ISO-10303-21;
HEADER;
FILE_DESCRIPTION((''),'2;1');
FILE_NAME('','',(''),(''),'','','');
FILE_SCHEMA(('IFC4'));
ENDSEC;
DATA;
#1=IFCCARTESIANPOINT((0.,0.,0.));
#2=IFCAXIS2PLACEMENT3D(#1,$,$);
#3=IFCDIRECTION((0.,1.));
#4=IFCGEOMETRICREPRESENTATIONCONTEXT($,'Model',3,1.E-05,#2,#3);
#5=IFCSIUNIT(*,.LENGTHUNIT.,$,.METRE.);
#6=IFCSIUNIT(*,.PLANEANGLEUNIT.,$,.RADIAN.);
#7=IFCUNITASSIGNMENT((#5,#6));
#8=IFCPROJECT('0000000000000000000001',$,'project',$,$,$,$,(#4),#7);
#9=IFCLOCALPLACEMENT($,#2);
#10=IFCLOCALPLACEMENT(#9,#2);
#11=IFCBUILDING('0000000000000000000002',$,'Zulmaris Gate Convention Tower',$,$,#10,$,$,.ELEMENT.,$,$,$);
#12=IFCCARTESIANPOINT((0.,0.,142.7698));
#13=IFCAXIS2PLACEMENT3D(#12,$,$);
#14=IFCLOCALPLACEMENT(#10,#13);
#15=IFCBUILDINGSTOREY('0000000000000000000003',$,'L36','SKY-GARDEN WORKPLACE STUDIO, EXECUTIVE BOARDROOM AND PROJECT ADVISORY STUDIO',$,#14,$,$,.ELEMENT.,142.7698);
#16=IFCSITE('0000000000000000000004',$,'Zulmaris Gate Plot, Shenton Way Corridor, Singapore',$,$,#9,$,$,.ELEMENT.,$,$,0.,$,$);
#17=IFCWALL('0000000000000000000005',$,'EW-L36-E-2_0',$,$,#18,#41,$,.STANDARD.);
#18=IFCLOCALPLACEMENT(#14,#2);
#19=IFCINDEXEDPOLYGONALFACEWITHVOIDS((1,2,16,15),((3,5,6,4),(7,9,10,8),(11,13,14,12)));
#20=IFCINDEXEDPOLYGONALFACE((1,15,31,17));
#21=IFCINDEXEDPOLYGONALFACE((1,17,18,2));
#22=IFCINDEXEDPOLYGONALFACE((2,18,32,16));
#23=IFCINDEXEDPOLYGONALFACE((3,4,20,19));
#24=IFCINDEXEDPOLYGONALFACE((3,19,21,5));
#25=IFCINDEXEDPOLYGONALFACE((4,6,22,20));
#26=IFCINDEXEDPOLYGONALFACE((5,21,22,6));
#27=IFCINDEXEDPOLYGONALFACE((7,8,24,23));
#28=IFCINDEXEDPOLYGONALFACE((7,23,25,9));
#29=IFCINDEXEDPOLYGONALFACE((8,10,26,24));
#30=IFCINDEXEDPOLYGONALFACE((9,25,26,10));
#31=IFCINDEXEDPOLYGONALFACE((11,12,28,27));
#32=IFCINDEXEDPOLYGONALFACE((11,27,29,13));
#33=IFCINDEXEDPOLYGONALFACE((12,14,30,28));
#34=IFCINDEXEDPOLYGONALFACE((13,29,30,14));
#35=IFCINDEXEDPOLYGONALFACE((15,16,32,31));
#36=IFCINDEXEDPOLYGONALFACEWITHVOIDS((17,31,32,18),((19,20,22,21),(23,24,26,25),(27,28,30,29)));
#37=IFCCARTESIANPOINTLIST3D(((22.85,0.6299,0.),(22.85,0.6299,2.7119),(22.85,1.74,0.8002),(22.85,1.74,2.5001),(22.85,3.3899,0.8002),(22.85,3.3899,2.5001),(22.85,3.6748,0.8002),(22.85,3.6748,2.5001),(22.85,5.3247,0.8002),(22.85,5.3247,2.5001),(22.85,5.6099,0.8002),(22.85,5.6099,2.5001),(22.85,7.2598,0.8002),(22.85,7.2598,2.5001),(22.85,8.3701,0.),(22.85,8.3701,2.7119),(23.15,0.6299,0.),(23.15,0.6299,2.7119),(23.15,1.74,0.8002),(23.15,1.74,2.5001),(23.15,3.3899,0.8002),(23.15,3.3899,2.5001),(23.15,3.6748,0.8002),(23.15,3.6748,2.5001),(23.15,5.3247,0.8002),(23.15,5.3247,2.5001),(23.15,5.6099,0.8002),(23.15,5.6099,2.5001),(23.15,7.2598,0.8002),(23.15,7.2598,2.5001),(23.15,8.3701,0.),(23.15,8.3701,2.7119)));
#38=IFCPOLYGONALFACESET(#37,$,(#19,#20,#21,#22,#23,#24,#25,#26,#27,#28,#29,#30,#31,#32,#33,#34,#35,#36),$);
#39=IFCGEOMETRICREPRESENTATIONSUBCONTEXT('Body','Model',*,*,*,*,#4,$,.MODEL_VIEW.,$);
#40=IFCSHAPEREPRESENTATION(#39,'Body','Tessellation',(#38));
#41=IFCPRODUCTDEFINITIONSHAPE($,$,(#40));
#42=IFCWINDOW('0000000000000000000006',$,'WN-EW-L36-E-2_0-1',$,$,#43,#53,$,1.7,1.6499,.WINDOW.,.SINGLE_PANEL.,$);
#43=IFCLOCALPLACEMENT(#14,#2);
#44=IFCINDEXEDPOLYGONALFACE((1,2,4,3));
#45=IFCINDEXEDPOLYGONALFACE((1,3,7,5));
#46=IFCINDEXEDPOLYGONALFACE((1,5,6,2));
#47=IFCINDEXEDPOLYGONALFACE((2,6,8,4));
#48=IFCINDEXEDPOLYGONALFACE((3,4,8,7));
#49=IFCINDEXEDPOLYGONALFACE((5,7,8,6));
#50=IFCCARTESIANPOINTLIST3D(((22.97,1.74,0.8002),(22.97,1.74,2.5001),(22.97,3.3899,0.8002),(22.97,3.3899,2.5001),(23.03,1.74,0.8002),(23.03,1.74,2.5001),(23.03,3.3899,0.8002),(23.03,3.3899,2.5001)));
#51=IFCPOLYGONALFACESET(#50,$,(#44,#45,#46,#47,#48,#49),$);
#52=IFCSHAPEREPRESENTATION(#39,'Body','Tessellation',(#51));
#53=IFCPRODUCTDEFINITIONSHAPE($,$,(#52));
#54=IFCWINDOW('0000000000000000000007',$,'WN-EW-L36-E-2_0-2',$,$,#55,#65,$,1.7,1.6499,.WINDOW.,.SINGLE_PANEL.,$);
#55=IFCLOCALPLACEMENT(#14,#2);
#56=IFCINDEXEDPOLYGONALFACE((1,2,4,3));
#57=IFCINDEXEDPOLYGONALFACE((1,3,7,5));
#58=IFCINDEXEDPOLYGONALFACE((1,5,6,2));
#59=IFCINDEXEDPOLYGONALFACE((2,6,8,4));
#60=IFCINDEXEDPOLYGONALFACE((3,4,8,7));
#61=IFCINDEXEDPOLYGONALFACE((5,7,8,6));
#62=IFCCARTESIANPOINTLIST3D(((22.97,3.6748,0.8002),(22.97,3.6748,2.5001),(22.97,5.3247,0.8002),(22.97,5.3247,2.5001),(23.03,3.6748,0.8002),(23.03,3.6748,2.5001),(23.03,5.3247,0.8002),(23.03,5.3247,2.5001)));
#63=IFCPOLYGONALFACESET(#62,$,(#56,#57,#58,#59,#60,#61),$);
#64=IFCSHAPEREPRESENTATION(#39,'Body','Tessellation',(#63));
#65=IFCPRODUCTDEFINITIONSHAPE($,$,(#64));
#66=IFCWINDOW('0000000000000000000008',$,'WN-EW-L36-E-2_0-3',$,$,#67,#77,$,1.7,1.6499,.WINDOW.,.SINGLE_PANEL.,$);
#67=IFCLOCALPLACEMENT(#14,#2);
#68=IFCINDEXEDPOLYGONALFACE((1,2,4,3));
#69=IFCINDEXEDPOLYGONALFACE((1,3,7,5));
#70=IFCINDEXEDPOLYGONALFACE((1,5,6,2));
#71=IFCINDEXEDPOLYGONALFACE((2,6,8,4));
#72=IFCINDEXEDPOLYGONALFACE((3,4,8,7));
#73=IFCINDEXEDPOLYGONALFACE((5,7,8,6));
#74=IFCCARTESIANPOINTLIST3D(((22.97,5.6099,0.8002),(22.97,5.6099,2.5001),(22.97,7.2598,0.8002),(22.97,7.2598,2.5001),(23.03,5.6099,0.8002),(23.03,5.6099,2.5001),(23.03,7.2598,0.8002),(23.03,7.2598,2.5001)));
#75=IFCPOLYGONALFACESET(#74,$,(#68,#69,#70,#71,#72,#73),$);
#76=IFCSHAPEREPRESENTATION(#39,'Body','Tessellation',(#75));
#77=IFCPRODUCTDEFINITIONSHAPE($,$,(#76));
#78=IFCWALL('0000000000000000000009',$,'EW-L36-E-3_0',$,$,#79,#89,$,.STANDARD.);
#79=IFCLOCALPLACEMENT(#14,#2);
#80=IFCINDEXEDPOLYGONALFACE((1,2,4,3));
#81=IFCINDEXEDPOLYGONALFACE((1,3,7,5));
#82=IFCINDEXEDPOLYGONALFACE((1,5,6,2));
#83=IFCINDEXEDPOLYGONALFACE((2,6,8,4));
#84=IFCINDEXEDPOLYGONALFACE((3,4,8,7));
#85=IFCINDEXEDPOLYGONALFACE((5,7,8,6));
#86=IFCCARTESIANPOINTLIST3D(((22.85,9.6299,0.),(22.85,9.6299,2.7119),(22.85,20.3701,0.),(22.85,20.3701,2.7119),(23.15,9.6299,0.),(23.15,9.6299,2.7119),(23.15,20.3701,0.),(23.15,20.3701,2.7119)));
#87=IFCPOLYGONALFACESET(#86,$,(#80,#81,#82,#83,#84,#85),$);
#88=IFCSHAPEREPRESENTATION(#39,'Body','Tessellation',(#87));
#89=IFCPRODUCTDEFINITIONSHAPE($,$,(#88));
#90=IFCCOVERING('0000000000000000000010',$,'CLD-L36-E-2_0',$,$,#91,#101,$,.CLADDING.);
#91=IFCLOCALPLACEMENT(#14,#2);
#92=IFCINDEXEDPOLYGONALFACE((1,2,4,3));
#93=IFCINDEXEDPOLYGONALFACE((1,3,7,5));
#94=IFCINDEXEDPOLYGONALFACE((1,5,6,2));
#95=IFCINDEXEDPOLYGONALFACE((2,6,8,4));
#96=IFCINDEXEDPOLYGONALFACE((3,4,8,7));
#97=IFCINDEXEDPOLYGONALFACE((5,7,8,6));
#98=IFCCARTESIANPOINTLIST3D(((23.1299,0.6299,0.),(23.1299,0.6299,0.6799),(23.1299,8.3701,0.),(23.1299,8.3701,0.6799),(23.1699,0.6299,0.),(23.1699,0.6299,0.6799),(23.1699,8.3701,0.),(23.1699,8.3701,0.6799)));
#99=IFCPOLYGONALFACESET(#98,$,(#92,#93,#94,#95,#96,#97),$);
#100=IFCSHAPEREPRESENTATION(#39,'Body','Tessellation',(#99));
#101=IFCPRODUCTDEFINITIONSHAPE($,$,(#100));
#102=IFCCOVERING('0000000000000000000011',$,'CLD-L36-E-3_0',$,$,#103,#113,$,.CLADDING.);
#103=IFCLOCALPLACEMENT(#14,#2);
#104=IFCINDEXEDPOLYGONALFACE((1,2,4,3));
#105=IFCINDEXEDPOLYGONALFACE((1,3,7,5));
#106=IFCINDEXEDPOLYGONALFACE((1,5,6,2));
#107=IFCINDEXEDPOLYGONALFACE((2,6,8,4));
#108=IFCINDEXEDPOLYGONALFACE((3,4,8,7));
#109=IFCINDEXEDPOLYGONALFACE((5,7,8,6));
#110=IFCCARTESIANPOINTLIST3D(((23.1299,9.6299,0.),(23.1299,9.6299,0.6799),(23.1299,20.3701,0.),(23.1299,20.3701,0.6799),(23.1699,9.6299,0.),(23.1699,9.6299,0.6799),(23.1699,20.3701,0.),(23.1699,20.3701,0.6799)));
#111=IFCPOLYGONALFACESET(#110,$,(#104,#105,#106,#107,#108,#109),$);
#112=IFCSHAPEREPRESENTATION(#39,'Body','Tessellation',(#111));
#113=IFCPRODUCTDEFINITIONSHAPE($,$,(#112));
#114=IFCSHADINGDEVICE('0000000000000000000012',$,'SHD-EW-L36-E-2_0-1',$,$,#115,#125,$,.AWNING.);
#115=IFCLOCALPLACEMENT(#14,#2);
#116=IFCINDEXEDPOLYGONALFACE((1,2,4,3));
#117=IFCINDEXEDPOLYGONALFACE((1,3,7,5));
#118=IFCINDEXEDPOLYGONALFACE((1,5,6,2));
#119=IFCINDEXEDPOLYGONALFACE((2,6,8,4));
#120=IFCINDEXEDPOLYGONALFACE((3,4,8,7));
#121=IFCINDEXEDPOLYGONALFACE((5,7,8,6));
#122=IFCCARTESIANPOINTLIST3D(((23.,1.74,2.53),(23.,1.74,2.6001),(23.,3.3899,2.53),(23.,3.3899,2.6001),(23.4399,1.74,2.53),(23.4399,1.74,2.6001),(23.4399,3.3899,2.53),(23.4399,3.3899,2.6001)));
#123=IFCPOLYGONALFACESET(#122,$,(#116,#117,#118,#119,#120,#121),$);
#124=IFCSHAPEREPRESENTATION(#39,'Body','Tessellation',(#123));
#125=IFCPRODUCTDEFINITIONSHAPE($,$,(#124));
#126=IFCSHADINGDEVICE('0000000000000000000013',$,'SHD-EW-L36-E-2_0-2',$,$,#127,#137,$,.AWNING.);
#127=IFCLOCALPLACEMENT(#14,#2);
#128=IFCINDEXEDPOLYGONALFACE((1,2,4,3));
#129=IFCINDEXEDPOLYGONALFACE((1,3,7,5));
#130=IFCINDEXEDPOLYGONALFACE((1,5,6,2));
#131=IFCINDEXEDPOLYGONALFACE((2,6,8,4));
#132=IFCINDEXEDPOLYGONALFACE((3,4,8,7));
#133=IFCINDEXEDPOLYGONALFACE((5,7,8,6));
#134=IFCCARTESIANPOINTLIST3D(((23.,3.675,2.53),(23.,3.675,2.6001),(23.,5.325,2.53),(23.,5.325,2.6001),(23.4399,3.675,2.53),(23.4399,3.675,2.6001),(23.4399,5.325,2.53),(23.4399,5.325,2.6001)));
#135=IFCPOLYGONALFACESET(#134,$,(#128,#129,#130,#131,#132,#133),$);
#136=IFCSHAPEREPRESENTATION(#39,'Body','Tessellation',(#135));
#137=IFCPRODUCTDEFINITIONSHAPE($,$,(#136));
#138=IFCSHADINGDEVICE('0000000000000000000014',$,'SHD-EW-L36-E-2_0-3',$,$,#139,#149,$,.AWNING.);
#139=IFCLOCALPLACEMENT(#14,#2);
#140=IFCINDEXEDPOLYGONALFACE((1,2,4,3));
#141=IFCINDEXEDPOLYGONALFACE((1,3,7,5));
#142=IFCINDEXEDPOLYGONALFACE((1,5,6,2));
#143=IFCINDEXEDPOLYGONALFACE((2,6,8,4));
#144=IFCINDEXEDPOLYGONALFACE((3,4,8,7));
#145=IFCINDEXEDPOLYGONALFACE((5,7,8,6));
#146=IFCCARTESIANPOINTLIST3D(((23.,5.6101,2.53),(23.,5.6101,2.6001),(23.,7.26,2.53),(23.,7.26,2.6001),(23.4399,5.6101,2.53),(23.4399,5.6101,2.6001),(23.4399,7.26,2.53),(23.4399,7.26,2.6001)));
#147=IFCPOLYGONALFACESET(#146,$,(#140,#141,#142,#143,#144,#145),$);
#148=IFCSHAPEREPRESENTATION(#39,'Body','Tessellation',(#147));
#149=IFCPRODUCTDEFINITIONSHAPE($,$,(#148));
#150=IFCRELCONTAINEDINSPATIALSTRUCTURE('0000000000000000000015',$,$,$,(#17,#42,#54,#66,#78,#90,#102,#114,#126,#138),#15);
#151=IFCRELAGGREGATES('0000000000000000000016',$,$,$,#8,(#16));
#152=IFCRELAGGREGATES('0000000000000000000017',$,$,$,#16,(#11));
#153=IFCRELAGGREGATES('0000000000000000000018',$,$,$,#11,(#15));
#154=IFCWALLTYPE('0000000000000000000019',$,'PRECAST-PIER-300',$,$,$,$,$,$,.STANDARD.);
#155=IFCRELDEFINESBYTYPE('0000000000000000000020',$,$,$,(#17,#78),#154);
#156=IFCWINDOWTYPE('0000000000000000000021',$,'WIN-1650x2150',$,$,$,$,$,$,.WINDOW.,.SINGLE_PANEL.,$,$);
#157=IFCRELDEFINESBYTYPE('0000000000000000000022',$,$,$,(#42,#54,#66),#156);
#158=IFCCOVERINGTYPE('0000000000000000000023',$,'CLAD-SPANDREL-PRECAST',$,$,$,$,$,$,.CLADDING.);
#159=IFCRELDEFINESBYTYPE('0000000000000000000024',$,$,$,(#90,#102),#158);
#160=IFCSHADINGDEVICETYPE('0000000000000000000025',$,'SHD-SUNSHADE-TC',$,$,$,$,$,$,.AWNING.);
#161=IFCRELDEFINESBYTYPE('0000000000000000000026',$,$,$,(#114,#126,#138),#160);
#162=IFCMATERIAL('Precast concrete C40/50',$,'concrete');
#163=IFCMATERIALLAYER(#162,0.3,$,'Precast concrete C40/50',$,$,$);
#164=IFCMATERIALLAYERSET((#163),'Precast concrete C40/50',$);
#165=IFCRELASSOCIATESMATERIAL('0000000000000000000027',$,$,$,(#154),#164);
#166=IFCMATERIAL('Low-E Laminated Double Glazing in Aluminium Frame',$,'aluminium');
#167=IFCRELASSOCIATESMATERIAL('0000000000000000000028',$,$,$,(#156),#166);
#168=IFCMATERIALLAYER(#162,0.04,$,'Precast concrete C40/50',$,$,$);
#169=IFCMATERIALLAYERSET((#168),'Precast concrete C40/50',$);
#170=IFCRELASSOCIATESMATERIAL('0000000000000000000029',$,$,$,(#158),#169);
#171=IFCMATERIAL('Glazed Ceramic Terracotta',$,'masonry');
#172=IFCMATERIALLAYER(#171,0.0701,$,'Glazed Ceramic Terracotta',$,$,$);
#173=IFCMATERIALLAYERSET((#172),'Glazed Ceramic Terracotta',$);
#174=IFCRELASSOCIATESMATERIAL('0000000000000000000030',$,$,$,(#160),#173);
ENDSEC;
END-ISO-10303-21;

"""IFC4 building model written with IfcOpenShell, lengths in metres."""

from ifc_helpers import new_model, si_unit, direction, frame, frame_2d, origin, place, context, subcontext, project, spatial, rectangle, extrude, material, layer, layer_set, type_object, element, fill, save


model = new_model("IFC4")

# Units and contexts
model_context = context("Model", 3, precision=1e-05, world=origin(), true_north=direction((0.0, 1.0)))
body_context = subcontext(model_context, "Body", "Model", "MODEL_VIEW")
ifc_project = project(units=[si_unit("LENGTHUNIT", "METRE"), si_unit("PLANEANGLEUNIT", "RADIAN")], contexts=[model_context])

# Site, building, storey
site_placement = place(None, origin())
site = spatial("IfcSite", under=ifc_project, at=site_placement, Name="Zulmaris Gate Plot, Shenton Way Corridor, Singapore", CompositionType="ELEMENT", RefElevation=0.0)
building_placement = place(site_placement, origin())
building = spatial("IfcBuilding", under=site, at=building_placement, Name="Zulmaris Gate Convention Tower", CompositionType="ELEMENT")
storey_placement = place(building_placement, frame((0.0, 0.0, 142.7698)))
storey = spatial("IfcBuildingStorey", under=building, at=storey_placement, Name="L36", Description="SKY-GARDEN WORKPLACE STUDIO, EXECUTIVE BOARDROOM AND PROJECT ADVISORY STUDIO", CompositionType="ELEMENT", Elevation=142.7698)

# Wall, openings, windows
ifc_material_1 = material(Name="Precast concrete C40/50", Category="concrete")
ifc_layer_1 = layer(ifc_material_1, 0.3, Name="Precast concrete C40/50")
ifc_layer_set_1 = layer_set([ifc_layer_1], Name="Precast concrete C40/50")
wall_type_1 = type_object("IfcWallType", Name="PRECAST-PIER-300", PredefinedType="STANDARD", material=ifc_layer_set_1)
wall_1_placement = place(storey_placement, frame((23.0, 0.6299, 0.0), z_axis=(0.0, 0.0, 1.0), x_axis=(0.0, 1.0, 0.0)))
wall_1 = element("IfcWall", 1, at=wall_1_placement, inside=storey, type_object=wall_type_1, Name="EW-L36-E-2_0", PredefinedType="STANDARD", context=body_context, shape_type="SweptSolid", body=[
    extrude(rectangle(XDim=7.7402, YDim=0.3, at=frame_2d((3.8701, 0.0))), origin(), (0.0, 0.0, 1.0), 2.7119),
])
opening_1_placement = place(wall_1_placement, frame((1.1101, 0.0, 0.8)))
opening_1 = element("IfcOpeningElement", 2, at=opening_1_placement, cuts=wall_1, PredefinedType="OPENING", context=body_context, shape_type="SweptSolid", body=[
    extrude(rectangle(XDim=1.6499, YDim=1.7, at=frame_2d((0.825, 0.8501))), frame((0.0, 0.1602, 0.0), z_axis=(0.0, -1.0, 0.0), x_axis=(1.0, 0.0, 0.0)), (0.0, 0.0, 1.0), 0.3201),
])
opening_2_placement = place(wall_1_placement, frame((3.0449, 0.0, 0.8)))
opening_2 = element("IfcOpeningElement", 3, at=opening_2_placement, cuts=wall_1, PredefinedType="OPENING", context=body_context, shape_type="SweptSolid", body=[
    extrude(rectangle(XDim=1.6499, YDim=1.7, at=frame_2d((0.825, 0.8501))), frame((0.0, 0.1602, 0.0), z_axis=(0.0, -1.0, 0.0), x_axis=(1.0, 0.0, 0.0)), (0.0, 0.0, 1.0), 0.3201),
])
opening_3_placement = place(wall_1_placement, frame((4.98, 0.0, 0.8)))
opening_3 = element("IfcOpeningElement", 4, at=opening_3_placement, cuts=wall_1, PredefinedType="OPENING", context=body_context, shape_type="SweptSolid", body=[
    extrude(rectangle(XDim=1.6499, YDim=1.7, at=frame_2d((0.825, 0.8501))), frame((0.0, 0.1602, 0.0), z_axis=(0.0, -1.0, 0.0), x_axis=(1.0, 0.0, 0.0)), (0.0, 0.0, 1.0), 0.3201),
])
ifc_material_2 = material(Name="Low-E Laminated Double Glazing in Aluminium Frame", Category="aluminium")
window_type = type_object("IfcWindowType", Name="WIN-1650x2150", PartitioningType="SINGLE_PANEL", PredefinedType="WINDOW", material=ifc_material_2)
window_1_placement = place(opening_1_placement, origin())
window_1 = element("IfcWindow", 5, at=window_1_placement, inside=storey, type_object=window_type, Name="WN-EW-L36-E-2_0-1", OverallHeight=1.7, OverallWidth=1.6499, PartitioningType="SINGLE_PANEL", PredefinedType="WINDOW", context=body_context, shape_type="SweptSolid", body=[
    extrude(rectangle(XDim=1.6499, YDim=1.7, at=frame_2d((0.825, 0.8501))), frame((0.0, 0.03, 0.0), z_axis=(0.0, -1.0, 0.0), x_axis=(1.0, 0.0, 0.0)), (0.0, 0.0, 1.0), 0.0601),
])
fill(opening_1, window_1)
window_2_placement = place(opening_2_placement, origin())
window_2 = element("IfcWindow", 6, at=window_2_placement, inside=storey, type_object=window_type, Name="WN-EW-L36-E-2_0-2", OverallHeight=1.7, OverallWidth=1.6499, PartitioningType="SINGLE_PANEL", PredefinedType="WINDOW", context=body_context, shape_type="SweptSolid", body=[
    extrude(rectangle(XDim=1.6499, YDim=1.7, at=frame_2d((0.825, 0.8501))), frame((0.0, 0.03, 0.0), z_axis=(0.0, -1.0, 0.0), x_axis=(1.0, 0.0, 0.0)), (0.0, 0.0, 1.0), 0.0601),
])
fill(opening_2, window_2)
window_3_placement = place(opening_3_placement, origin())
window_3 = element("IfcWindow", 7, at=window_3_placement, inside=storey, type_object=window_type, Name="WN-EW-L36-E-2_0-3", OverallHeight=1.7, OverallWidth=1.6499, PartitioningType="SINGLE_PANEL", PredefinedType="WINDOW", context=body_context, shape_type="SweptSolid", body=[
    extrude(rectangle(XDim=1.6499, YDim=1.7, at=frame_2d((0.825, 0.8501))), frame((0.0, 0.03, 0.0), z_axis=(0.0, -1.0, 0.0), x_axis=(1.0, 0.0, 0.0)), (0.0, 0.0, 1.0), 0.0601),
])
fill(opening_3, window_3)

# Wall
wall_2_placement = place(storey_placement, frame((23.0, 9.6299, 0.0), z_axis=(0.0, 0.0, 1.0), x_axis=(0.0, 1.0, 0.0)))
element("IfcWall", 8, at=wall_2_placement, inside=storey, type_object=wall_type_1, Name="EW-L36-E-3_0", PredefinedType="STANDARD", context=body_context, shape_type="SweptSolid", body=[
    extrude(rectangle(XDim=10.7402, YDim=0.3, at=frame_2d((5.3701, 0.0))), origin(), (0.0, 0.0, 1.0), 2.7119),
])

# Coverings
ifc_layer_2 = layer(ifc_material_1, 0.04, Name="Precast concrete C40/50")
ifc_layer_set_2 = layer_set([ifc_layer_2], Name="Precast concrete C40/50")
covering_type = type_object("IfcCoveringType", Name="CLAD-SPANDREL-PRECAST", PredefinedType="CLADDING", material=ifc_layer_set_2)
covering_1_placement = place(storey_placement, frame((23.1499, 0.6299, 0.0), z_axis=(0.0, 0.0, 1.0), x_axis=(0.0, 1.0, 0.0)))
element("IfcCovering", 9, at=covering_1_placement, inside=storey, type_object=covering_type, Name="CLD-L36-E-2_0", PredefinedType="CLADDING", context=body_context, shape_type="SweptSolid", body=[
    extrude(rectangle(XDim=7.7402, YDim=0.04, at=frame_2d((3.8701, 0.0))), origin(), (0.0, 0.0, 1.0), 0.6799),
])
covering_2_placement = place(storey_placement, frame((23.1499, 9.6299, 0.0), z_axis=(0.0, 0.0, 1.0), x_axis=(0.0, 1.0, 0.0)))
element("IfcCovering", 10, at=covering_2_placement, inside=storey, type_object=covering_type, Name="CLD-L36-E-3_0", PredefinedType="CLADDING", context=body_context, shape_type="SweptSolid", body=[
    extrude(rectangle(XDim=10.7402, YDim=0.04, at=frame_2d((5.3701, 0.0))), origin(), (0.0, 0.0, 1.0), 0.6799),
])

# Shading devices
ifc_material_3 = material(Name="Glazed Ceramic Terracotta", Category="masonry")
ifc_layer_3 = layer(ifc_material_3, 0.0701, Name="Glazed Ceramic Terracotta")
ifc_layer_set_3 = layer_set([ifc_layer_3], Name="Glazed Ceramic Terracotta")
shading_device_type = type_object("IfcShadingDeviceType", Name="SHD-SUNSHADE-TC", PredefinedType="AWNING", material=ifc_layer_set_3)
for number, where, z_axis, x_axis, name in (
    (11, (23.22, 1.74, 2.53), (0.0, 0.0, 1.0), (0.0, 1.0, 0.0), "SHD-EW-L36-E-2_0-1"),
    (12, (23.22, 3.675, 2.53), (0.0, 0.0, 1.0), (0.0, 1.0, 0.0), "SHD-EW-L36-E-2_0-2"),
    (13, (23.22, 5.6101, 2.53), (0.0, 0.0, 1.0), (0.0, 1.0, 0.0), "SHD-EW-L36-E-2_0-3"),
):
    element("IfcShadingDevice", number, at=place(storey_placement, frame(where, z_axis=z_axis, x_axis=x_axis)), inside=storey, type_object=shading_device_type, Name=name, PredefinedType="AWNING", context=body_context, shape_type="SweptSolid", body=[
        extrude(rectangle(XDim=1.6499, YDim=0.4399, at=frame_2d((0.825, 0.0))), origin(), (0.0, 0.0, 1.0), 0.0701),
    ])

save(model, "model.ifc")
